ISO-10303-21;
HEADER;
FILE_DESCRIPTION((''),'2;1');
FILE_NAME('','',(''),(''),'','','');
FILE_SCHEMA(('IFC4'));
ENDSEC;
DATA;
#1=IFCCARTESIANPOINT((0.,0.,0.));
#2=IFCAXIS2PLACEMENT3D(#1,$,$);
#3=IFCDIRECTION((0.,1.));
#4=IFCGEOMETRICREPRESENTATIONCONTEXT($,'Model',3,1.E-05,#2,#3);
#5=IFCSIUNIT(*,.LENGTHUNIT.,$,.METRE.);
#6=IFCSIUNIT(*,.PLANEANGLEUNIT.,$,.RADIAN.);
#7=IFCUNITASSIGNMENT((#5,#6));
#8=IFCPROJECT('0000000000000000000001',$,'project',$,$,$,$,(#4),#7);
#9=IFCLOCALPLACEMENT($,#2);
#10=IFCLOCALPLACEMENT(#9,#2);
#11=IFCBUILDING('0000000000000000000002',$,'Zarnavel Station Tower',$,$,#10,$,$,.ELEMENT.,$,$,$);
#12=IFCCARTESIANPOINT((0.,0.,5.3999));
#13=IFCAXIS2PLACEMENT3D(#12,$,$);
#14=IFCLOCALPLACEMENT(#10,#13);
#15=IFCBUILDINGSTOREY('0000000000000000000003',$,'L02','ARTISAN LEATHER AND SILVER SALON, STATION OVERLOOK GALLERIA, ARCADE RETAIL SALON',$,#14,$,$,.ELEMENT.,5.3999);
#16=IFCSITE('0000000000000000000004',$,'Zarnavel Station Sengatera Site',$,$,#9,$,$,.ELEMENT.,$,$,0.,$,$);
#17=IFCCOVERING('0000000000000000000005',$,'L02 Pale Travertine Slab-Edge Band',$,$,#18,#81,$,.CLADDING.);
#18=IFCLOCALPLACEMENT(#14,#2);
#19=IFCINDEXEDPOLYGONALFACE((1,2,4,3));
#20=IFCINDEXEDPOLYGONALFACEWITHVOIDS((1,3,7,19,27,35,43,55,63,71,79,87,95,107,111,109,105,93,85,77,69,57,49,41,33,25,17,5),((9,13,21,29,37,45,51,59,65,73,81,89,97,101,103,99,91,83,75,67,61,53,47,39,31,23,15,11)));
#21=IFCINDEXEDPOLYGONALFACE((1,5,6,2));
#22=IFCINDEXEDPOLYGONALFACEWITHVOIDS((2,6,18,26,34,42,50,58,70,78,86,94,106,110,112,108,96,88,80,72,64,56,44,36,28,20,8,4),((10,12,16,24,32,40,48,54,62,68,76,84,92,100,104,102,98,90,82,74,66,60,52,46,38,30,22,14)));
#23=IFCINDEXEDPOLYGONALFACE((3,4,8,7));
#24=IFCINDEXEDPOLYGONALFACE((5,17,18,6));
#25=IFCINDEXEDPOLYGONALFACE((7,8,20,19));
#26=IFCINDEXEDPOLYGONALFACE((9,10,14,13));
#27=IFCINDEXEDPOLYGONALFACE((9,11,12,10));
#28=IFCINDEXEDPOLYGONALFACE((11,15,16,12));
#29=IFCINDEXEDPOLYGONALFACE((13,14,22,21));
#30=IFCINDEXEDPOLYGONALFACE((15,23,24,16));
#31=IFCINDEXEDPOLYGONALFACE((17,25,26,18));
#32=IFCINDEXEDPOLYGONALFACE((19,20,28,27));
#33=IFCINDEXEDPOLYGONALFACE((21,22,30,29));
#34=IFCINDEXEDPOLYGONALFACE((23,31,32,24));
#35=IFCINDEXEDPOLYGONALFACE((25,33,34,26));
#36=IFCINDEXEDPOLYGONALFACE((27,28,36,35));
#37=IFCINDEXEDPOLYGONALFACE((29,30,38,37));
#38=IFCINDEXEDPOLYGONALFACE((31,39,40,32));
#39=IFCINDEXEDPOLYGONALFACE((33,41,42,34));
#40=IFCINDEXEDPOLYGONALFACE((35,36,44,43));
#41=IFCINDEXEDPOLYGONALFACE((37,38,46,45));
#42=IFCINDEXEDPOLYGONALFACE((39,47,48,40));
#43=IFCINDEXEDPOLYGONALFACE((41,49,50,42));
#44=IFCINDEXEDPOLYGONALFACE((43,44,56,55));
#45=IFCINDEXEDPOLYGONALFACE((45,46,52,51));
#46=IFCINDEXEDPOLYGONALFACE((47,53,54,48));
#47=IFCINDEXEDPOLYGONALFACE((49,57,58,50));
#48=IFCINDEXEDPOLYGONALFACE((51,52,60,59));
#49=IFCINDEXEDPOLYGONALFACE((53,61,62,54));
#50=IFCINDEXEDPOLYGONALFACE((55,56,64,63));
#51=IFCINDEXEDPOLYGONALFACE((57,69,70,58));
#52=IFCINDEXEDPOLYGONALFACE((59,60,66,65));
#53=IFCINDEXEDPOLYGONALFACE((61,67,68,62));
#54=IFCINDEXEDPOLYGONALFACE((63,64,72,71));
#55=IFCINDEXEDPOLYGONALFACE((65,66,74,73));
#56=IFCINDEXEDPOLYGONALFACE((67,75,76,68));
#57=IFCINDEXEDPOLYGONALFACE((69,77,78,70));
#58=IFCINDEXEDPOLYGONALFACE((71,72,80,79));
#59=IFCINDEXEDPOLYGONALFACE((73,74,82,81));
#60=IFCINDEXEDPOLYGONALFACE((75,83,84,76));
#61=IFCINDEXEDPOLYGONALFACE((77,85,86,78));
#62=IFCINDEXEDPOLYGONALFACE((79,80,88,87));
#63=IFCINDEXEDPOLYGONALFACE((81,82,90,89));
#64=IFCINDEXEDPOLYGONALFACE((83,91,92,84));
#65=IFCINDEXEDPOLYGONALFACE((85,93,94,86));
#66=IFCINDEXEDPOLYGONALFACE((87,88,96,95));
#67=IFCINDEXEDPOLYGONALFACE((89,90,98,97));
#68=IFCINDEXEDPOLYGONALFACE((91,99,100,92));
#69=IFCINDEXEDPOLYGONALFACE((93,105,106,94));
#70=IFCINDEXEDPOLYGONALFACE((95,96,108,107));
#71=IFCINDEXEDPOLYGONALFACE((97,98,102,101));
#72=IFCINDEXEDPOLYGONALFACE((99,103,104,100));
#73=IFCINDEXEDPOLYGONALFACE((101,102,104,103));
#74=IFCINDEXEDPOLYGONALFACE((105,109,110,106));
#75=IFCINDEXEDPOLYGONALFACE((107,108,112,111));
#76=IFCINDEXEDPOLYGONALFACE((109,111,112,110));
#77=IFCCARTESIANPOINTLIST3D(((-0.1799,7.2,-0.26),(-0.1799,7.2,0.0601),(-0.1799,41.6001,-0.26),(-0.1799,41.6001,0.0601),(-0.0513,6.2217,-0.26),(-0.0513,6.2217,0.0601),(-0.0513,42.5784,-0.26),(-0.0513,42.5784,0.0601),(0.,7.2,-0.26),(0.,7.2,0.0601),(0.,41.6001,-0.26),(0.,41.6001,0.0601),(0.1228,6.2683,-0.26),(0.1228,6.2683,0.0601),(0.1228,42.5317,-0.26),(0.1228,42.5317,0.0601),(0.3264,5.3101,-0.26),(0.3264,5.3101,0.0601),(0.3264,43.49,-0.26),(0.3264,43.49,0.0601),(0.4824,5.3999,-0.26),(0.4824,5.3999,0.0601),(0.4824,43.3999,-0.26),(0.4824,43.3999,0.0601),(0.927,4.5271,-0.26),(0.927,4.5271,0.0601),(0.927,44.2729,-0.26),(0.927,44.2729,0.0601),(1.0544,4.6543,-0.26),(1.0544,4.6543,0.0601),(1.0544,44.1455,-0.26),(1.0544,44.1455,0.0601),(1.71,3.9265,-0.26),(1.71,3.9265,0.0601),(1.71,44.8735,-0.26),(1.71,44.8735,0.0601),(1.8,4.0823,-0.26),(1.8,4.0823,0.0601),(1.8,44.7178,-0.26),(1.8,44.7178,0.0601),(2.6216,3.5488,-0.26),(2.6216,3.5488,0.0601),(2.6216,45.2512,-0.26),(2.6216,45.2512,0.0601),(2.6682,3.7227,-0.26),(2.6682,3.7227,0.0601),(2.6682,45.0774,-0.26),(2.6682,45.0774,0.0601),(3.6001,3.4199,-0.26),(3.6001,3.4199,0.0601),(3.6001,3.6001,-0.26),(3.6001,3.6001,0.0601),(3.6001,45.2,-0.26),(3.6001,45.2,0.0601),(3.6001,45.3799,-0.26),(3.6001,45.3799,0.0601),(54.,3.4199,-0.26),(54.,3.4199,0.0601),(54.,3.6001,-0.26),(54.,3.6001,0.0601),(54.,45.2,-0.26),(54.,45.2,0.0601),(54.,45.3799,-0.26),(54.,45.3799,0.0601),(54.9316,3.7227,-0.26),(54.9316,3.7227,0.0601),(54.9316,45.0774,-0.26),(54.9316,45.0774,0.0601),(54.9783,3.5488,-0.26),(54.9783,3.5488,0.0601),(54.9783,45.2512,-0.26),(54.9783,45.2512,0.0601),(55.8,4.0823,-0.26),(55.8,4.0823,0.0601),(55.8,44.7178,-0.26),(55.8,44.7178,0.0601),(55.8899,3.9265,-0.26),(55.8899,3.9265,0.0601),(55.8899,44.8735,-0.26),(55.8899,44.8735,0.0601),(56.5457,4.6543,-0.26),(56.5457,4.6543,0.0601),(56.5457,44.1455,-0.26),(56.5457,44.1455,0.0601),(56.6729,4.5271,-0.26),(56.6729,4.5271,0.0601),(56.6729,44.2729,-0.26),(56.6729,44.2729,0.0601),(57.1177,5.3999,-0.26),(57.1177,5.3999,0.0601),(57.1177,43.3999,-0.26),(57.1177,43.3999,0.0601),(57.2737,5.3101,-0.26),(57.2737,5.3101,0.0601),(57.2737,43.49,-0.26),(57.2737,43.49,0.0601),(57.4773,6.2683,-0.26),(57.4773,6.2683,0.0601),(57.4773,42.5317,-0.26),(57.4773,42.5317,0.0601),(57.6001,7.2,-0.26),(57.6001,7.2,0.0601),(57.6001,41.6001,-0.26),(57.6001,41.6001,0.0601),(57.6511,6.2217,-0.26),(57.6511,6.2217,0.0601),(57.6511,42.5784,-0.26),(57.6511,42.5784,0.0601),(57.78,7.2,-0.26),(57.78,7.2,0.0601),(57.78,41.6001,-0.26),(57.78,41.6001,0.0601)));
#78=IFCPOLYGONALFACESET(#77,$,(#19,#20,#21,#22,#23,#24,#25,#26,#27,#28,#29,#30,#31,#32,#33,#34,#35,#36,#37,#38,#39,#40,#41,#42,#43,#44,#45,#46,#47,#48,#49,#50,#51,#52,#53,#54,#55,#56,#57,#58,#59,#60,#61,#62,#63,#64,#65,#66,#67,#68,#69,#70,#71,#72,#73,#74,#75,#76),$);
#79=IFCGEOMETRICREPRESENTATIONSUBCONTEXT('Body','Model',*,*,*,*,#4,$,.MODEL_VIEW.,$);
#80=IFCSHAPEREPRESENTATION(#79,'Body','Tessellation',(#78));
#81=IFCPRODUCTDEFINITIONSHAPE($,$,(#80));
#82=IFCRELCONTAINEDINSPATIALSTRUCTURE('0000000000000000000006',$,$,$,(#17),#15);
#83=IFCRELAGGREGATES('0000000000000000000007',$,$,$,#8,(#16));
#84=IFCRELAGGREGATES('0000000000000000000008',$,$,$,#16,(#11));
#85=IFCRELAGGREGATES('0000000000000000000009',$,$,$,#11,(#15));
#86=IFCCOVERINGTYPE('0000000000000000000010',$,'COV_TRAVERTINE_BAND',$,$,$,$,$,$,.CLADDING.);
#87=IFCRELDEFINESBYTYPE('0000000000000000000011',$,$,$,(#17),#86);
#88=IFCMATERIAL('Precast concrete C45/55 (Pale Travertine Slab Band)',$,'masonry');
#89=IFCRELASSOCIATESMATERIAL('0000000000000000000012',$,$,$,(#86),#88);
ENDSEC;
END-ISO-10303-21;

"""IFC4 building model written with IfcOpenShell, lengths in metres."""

from ifc_helpers import new_model, si_unit, direction, frame, origin, place, context, subcontext, project, spatial, polyline, outline, extrude, material, type_object, element, save


model = new_model("IFC4")

# Units and contexts
model_context = context("Model", 3, precision=1e-05, world=origin(), true_north=direction((0.0, 1.0)))
body_context = subcontext(model_context, "Body", "Model", "MODEL_VIEW")
ifc_project = project(units=[si_unit("LENGTHUNIT", "METRE"), si_unit("PLANEANGLEUNIT", "RADIAN")], contexts=[model_context])

# Site, building, storey
site_placement = place(None, origin())
site = spatial("IfcSite", under=ifc_project, at=site_placement, Name="Zarnavel Station Sengatera Site", CompositionType="ELEMENT", RefElevation=0.0)
building_placement = place(site_placement, origin())
building = spatial("IfcBuilding", under=site, at=building_placement, Name="Zarnavel Station Tower", CompositionType="ELEMENT")
storey_placement = place(building_placement, frame((0.0, 0.0, 5.3999)))
storey = spatial("IfcBuildingStorey", under=building, at=storey_placement, Name="L02", Description="ARTISAN LEATHER AND SILVER SALON, STATION OVERLOOK GALLERIA, ARCADE RETAIL SALON", CompositionType="ELEMENT", Elevation=5.3999)

# Covering
ifc_material_1 = material(Name="Precast concrete C45/55 (Pale Travertine Slab Band)", Category="masonry")
covering_type_1 = type_object("IfcCoveringType", Name="COV_TRAVERTINE_BAND", PredefinedType="CLADDING", material=ifc_material_1)
covering_1_placement = place(storey_placement, frame((0.0, 0.0, -0.26)))
element("IfcCovering", 1, at=covering_1_placement, inside=storey, type_object=covering_type_1, Name="L02 Pale Travertine Slab-Edge Band", PredefinedType="CLADDING", context=body_context, shape_type="SweptSolid", body=[
    extrude(outline(polyline([(54.0, 3.4199), (54.9783, 3.5488), (55.8899, 3.9265), (56.6729, 4.5271), (57.2737, 5.3101), (57.6511, 6.2217), (57.78, 7.2), (57.78, 41.6001), (57.6511, 42.5784), (57.2737, 43.49), (56.6729, 44.2729), (55.8899, 44.8735), (54.9783, 45.2512), (54.0, 45.3799), (3.6001, 45.3799), (2.6216, 45.2512), (1.71, 44.8735), (0.927, 44.2729), (0.3264, 43.49), (-0.0513, 42.5784), (-0.1799, 41.6001), (-0.1799, 7.2), (-0.0513, 6.2217), (0.3264, 5.3101), (0.927, 4.5271), (1.71, 3.9265), (2.6216, 3.5488), (3.6001, 3.4199), (54.0, 3.4199)]), holes=[polyline([(54.0, 3.6001), (54.9316, 3.7227), (55.8, 4.0823), (56.5457, 4.6543), (57.1177, 5.3999), (57.4773, 6.2683), (57.6001, 7.2), (57.6001, 41.6001), (57.4773, 42.5317), (57.1177, 43.3999), (56.5457, 44.1455), (55.8, 44.7178), (54.9316, 45.0774), (54.0, 45.2), (3.6001, 45.2), (2.6682, 45.0774), (1.8, 44.7178), (1.0544, 44.1455), (0.4824, 43.3999), (0.1228, 42.5317), (0.0, 41.6001), (0.0, 7.2), (0.1228, 6.2683), (0.4824, 5.3999), (1.0544, 4.6543), (1.8, 4.0823), (2.6682, 3.7227), (3.6001, 3.6001), (54.0, 3.6001)])]), origin(), (0.0, 0.0, 1.0), 0.3201),
])

save(model, "model.ifc")
